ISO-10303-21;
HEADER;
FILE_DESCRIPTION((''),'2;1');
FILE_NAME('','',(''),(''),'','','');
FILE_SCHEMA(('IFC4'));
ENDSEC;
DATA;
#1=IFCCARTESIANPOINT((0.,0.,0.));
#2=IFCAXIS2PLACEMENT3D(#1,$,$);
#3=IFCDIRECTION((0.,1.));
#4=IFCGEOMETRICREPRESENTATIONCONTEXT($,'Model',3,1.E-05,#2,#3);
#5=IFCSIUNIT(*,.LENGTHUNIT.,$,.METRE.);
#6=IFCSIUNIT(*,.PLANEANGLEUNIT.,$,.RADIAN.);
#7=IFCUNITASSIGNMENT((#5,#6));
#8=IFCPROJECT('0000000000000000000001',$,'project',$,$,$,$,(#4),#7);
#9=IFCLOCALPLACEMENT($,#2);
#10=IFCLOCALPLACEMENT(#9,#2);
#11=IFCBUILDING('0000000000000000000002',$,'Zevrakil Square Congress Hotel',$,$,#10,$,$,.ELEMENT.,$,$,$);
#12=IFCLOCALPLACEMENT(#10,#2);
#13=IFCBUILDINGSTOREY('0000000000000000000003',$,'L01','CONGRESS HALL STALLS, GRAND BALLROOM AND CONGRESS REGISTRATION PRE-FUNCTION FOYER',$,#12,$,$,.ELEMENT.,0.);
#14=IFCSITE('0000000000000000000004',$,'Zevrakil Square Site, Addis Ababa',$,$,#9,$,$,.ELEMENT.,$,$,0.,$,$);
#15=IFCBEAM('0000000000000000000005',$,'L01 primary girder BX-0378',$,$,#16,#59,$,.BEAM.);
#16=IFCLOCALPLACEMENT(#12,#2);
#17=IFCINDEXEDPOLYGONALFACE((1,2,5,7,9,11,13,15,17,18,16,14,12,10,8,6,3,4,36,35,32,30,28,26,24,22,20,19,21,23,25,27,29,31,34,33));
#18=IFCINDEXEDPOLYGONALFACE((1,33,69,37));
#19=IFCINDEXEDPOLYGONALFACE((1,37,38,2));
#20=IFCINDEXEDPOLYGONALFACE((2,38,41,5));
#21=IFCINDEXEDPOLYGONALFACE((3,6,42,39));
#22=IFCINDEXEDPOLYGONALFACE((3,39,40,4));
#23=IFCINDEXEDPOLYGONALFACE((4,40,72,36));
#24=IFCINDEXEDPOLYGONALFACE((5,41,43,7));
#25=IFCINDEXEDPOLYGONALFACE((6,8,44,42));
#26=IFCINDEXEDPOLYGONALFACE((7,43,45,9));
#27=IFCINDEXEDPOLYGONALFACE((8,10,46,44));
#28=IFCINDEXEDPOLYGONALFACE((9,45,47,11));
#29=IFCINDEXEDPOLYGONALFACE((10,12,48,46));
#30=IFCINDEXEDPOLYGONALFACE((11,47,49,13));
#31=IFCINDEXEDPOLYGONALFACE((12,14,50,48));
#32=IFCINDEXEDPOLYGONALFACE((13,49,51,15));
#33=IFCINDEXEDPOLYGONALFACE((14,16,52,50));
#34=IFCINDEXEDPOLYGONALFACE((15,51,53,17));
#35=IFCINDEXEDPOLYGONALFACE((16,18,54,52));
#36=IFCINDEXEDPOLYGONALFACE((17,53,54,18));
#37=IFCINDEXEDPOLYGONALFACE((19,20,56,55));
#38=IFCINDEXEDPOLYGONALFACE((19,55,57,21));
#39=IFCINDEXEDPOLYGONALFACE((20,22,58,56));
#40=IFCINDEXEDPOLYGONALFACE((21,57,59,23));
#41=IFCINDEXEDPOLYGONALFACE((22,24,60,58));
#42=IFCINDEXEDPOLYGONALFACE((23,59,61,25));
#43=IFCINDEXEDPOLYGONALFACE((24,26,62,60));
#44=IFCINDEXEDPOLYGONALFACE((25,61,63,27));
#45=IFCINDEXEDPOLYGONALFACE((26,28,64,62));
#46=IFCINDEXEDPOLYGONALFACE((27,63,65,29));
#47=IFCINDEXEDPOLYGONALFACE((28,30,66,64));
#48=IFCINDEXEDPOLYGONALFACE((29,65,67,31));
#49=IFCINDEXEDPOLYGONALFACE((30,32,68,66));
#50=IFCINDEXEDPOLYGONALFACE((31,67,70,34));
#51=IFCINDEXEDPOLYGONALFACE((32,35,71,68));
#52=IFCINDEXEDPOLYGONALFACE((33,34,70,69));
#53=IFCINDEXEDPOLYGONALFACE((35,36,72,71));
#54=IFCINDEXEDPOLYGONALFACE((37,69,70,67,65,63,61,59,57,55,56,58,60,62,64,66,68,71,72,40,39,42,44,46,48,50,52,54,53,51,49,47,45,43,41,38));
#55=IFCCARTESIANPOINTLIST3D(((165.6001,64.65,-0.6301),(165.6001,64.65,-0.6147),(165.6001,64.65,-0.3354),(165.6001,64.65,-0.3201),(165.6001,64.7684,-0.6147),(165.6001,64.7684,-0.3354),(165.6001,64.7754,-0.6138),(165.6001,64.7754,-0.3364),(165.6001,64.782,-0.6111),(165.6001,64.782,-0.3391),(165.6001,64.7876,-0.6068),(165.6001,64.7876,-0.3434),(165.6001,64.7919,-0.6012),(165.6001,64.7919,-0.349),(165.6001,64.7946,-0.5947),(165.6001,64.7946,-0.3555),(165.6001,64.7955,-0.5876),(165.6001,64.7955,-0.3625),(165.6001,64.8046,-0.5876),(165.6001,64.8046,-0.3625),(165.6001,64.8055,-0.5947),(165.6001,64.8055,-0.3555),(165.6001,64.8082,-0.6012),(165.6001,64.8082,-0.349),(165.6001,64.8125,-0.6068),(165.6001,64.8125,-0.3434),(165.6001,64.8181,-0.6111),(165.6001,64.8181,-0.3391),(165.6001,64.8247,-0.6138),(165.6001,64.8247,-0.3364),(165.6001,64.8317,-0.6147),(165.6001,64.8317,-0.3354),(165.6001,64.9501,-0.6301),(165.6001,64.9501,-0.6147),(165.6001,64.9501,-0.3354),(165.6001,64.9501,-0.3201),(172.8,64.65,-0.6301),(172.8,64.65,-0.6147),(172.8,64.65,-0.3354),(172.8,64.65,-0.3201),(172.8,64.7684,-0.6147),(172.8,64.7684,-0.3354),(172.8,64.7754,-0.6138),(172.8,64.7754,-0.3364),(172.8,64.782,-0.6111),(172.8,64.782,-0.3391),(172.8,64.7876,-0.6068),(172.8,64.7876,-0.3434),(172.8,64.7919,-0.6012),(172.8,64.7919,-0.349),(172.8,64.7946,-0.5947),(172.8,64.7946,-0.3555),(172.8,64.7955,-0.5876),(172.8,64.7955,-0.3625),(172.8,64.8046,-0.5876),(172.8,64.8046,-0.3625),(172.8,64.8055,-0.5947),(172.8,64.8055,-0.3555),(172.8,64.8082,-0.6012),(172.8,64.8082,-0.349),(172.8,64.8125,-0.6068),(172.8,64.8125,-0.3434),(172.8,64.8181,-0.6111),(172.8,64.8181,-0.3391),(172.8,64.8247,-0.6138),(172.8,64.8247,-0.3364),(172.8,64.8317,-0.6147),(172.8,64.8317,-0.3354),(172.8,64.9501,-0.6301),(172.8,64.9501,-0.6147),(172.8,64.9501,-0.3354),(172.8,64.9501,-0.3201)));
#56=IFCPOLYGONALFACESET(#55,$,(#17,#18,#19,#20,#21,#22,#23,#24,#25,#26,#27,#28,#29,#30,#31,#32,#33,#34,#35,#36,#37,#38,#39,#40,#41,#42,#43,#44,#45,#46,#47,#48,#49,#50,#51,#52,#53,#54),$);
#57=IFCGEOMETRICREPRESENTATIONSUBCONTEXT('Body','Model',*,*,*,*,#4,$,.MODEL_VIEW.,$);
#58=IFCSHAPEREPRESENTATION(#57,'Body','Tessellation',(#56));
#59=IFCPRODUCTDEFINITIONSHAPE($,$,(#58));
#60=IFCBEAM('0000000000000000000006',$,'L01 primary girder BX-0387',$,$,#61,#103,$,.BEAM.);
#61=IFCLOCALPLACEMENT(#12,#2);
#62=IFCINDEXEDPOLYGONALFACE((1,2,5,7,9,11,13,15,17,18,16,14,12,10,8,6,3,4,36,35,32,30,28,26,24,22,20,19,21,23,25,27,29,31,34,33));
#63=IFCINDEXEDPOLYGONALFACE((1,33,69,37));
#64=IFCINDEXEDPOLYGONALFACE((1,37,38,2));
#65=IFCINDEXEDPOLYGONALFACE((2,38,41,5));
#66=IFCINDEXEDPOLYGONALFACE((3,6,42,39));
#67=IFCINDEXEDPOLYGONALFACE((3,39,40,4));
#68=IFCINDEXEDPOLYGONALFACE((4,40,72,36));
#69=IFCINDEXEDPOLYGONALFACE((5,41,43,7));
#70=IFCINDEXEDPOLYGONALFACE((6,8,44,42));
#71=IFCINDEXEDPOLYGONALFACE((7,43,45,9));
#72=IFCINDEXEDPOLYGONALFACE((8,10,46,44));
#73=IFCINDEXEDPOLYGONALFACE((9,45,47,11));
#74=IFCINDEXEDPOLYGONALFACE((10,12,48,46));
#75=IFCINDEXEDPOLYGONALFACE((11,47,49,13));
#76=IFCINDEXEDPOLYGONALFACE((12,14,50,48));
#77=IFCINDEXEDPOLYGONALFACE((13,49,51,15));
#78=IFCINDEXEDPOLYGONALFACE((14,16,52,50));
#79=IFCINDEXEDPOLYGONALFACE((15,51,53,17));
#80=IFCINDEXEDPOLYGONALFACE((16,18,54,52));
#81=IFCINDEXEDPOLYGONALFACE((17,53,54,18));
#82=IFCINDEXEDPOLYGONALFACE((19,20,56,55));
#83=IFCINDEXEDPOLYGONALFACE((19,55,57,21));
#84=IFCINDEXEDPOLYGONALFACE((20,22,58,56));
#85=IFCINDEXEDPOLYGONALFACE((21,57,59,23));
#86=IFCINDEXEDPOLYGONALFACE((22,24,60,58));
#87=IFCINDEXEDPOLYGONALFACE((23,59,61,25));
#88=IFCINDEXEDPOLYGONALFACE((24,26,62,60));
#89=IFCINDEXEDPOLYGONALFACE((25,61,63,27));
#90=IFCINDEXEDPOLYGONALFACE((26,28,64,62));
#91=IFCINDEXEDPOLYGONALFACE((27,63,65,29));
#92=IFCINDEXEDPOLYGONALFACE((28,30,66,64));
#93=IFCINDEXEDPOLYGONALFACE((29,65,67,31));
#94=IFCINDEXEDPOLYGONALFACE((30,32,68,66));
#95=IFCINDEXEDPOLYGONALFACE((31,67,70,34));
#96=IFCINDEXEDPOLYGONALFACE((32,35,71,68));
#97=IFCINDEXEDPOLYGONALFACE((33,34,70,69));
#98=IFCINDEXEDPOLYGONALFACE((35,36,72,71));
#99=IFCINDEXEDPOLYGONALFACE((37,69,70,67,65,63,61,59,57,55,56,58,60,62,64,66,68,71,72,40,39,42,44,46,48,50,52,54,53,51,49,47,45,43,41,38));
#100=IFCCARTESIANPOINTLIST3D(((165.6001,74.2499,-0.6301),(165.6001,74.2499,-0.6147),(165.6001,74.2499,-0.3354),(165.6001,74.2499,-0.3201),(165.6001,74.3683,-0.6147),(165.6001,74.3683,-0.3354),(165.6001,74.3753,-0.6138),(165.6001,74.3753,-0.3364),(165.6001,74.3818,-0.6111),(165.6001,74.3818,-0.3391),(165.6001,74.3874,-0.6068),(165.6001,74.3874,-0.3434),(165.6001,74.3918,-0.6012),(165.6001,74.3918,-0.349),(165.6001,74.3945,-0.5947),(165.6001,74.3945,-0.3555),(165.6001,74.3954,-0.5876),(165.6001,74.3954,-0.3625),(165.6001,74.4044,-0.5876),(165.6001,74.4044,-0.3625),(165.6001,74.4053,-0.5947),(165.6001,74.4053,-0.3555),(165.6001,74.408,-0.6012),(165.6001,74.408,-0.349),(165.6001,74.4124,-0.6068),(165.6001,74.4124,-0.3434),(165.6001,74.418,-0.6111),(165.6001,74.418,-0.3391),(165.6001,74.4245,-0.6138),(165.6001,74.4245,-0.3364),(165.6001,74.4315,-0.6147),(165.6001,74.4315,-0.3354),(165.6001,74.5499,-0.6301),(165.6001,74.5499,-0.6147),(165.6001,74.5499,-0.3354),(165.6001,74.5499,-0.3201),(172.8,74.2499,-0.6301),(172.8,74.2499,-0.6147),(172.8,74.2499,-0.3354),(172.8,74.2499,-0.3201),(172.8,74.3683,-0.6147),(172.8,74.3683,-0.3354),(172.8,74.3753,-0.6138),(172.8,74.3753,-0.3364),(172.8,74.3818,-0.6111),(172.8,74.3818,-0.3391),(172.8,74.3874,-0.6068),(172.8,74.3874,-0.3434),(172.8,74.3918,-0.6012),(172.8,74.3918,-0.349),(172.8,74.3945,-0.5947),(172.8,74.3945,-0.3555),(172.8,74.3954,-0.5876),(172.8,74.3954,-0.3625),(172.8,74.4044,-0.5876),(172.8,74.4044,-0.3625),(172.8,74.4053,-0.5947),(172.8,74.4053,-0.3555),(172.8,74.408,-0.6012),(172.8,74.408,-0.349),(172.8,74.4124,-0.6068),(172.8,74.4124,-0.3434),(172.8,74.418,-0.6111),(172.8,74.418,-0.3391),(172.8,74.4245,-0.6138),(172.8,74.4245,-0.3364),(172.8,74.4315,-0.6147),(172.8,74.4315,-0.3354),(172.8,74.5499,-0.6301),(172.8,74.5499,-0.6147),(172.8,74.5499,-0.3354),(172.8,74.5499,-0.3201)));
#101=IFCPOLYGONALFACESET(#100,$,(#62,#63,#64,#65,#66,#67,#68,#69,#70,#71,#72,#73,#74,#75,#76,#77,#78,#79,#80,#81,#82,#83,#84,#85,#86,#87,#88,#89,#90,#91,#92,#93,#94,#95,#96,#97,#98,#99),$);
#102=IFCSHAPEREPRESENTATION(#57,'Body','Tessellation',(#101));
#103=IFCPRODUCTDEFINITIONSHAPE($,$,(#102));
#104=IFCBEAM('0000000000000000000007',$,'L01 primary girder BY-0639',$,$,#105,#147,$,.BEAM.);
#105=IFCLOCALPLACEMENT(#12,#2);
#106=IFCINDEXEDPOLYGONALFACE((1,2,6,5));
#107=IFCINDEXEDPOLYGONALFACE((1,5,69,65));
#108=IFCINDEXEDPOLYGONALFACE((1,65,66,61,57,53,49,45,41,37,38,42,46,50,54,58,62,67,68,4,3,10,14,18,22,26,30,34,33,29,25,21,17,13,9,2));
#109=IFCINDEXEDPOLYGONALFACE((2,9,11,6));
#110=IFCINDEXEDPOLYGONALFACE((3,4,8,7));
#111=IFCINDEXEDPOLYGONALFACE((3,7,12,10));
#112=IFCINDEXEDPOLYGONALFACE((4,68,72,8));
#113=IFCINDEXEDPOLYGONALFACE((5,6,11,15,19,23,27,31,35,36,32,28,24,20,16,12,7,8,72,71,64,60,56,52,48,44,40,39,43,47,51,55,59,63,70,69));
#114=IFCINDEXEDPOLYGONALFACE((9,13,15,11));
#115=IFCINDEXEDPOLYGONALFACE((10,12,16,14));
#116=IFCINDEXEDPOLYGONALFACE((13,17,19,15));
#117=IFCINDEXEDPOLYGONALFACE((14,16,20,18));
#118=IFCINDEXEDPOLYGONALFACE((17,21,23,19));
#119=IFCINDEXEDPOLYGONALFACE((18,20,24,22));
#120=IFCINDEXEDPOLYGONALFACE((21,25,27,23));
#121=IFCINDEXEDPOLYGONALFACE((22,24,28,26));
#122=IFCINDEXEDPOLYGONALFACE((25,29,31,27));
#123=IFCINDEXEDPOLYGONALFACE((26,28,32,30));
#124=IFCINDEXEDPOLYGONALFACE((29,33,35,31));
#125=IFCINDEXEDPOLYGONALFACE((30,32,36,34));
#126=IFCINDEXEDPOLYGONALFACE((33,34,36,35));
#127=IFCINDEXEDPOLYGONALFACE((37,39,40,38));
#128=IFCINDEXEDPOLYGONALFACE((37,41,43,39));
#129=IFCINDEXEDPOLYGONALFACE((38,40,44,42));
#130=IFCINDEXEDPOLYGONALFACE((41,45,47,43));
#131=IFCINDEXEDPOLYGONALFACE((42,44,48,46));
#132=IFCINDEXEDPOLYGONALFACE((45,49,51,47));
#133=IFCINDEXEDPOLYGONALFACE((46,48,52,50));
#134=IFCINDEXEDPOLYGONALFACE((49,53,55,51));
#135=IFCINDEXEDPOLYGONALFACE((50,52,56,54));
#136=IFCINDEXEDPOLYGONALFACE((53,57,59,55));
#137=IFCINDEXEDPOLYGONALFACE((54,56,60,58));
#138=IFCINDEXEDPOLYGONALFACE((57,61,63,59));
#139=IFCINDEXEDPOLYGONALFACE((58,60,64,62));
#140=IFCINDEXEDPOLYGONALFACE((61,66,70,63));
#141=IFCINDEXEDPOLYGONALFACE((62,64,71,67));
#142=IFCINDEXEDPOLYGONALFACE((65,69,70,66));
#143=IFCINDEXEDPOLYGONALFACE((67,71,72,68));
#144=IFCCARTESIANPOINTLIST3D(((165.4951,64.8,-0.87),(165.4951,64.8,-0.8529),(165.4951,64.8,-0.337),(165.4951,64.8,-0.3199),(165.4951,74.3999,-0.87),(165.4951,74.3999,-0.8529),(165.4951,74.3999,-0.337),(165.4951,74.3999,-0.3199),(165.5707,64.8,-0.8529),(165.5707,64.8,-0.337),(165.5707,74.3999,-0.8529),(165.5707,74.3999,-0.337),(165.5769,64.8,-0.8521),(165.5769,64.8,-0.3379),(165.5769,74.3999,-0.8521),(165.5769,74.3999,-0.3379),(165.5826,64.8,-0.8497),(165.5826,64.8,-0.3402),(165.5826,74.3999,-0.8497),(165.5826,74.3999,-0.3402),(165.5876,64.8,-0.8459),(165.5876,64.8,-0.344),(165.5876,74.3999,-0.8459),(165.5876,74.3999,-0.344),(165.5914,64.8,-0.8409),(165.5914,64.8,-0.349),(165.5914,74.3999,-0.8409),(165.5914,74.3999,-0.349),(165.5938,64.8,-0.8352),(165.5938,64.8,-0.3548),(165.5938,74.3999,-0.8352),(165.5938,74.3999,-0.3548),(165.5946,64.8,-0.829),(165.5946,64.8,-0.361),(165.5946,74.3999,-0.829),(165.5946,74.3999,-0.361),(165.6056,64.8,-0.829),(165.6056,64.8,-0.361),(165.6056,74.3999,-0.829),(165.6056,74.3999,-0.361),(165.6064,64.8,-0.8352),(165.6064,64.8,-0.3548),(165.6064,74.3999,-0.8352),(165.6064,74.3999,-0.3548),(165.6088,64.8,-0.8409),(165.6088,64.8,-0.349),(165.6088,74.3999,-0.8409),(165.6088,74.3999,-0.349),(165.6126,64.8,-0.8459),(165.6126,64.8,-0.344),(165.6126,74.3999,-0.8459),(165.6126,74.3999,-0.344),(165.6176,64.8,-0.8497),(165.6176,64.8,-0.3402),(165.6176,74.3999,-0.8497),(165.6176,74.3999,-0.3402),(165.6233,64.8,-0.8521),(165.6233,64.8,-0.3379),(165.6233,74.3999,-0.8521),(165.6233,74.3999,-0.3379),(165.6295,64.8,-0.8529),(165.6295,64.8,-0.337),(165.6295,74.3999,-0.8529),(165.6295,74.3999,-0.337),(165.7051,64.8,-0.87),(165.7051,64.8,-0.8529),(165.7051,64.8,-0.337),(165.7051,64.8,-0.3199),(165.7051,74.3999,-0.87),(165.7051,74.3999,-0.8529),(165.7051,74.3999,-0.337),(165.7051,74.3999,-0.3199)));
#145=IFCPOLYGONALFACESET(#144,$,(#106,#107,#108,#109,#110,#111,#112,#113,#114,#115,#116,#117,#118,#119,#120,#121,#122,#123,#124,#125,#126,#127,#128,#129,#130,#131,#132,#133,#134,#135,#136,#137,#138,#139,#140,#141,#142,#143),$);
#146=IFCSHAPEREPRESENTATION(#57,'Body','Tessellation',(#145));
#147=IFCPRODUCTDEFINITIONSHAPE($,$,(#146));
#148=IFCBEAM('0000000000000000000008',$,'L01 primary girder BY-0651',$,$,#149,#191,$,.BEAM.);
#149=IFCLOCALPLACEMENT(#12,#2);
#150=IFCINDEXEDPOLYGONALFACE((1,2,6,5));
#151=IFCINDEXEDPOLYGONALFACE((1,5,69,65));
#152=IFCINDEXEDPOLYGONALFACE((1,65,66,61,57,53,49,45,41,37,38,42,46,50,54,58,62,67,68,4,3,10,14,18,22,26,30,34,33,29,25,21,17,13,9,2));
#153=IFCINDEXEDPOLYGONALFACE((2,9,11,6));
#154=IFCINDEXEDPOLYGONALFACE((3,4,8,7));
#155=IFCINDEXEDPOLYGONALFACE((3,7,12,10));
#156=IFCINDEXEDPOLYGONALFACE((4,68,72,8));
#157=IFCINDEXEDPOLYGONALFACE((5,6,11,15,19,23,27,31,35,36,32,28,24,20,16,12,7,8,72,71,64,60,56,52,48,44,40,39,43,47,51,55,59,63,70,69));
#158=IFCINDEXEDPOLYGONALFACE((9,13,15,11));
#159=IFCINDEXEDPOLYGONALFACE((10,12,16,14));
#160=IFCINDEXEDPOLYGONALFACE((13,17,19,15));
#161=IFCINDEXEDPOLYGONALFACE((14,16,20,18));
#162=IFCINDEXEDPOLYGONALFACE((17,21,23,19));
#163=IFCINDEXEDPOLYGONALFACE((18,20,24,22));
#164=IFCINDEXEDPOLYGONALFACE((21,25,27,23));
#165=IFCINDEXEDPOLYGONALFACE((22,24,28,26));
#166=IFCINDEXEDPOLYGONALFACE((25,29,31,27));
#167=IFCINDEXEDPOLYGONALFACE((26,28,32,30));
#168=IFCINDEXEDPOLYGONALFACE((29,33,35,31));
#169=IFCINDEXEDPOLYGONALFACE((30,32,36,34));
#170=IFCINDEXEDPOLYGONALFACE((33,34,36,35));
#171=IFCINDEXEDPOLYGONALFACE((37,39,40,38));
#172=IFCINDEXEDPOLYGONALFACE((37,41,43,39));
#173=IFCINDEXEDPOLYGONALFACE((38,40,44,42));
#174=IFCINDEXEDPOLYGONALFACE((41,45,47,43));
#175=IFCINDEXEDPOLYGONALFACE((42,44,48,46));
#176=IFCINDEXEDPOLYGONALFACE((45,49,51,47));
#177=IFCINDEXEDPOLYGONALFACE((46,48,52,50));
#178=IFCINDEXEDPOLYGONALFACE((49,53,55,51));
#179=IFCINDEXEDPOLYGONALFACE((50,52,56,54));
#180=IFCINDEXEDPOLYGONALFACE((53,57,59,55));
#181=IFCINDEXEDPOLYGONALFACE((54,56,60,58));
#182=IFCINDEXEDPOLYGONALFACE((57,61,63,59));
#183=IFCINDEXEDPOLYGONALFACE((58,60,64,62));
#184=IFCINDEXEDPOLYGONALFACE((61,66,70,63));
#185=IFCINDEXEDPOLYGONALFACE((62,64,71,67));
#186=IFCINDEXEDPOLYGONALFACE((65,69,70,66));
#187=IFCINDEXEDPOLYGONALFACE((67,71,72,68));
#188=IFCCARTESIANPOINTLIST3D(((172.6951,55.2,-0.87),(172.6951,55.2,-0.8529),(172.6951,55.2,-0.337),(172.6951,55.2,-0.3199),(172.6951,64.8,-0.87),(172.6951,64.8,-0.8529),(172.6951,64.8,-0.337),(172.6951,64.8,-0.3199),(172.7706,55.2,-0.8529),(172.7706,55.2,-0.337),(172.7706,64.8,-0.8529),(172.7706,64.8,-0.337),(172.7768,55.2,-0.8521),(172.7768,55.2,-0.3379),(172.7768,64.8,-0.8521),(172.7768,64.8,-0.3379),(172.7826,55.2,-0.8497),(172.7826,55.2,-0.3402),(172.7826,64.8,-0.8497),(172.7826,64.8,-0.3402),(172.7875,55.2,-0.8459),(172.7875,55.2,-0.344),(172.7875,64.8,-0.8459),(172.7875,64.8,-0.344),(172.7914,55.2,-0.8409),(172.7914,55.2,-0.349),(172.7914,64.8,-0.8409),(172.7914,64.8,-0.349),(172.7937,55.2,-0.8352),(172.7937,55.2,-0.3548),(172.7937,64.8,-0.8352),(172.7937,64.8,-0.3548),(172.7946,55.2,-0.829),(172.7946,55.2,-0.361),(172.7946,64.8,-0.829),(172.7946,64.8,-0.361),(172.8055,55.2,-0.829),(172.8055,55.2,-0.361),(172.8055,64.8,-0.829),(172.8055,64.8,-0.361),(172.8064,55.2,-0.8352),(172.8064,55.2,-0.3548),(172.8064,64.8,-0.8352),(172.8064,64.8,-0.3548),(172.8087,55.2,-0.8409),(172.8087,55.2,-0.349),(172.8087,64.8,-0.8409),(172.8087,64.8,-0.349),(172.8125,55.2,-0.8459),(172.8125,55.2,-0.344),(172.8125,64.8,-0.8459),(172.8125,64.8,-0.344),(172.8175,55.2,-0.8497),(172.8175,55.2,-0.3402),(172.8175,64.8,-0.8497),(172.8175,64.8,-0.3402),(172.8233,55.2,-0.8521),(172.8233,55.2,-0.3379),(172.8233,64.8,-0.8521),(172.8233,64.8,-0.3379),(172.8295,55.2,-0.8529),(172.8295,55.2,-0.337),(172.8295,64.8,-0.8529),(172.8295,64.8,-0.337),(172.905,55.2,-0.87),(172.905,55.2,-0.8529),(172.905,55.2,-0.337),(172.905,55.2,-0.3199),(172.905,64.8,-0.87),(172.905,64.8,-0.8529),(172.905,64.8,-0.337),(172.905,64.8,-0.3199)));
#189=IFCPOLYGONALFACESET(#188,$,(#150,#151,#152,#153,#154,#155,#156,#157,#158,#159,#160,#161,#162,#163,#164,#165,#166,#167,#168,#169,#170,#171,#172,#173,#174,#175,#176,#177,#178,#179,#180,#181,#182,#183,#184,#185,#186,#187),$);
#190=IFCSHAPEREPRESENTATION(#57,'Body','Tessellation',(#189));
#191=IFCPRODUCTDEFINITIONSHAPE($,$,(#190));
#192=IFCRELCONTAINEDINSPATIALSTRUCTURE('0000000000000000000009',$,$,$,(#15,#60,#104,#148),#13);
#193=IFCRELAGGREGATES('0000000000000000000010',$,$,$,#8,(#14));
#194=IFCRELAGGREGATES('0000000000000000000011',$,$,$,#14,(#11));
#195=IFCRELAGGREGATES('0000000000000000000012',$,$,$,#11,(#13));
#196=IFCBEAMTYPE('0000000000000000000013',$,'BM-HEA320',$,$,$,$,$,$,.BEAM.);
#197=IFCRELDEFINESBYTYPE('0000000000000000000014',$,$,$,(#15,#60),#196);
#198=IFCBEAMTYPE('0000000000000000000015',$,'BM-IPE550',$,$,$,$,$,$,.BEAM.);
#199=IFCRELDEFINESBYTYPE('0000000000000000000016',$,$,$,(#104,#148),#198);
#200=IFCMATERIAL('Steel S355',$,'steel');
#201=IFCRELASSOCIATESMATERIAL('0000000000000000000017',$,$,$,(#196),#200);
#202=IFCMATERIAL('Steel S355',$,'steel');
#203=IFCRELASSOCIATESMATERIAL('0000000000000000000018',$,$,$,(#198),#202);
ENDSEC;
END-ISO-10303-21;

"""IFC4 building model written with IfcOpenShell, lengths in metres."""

from ifc_helpers import new_model, si_unit, direction, frame, origin, origin_2d, place, context, subcontext, project, spatial, i_section, extrude, material, material_profile, profile_set, type_object, element, save


model = new_model("IFC4")

# Units and contexts
model_context = context("Model", 3, precision=1e-05, world=origin(), true_north=direction((0.0, 1.0)))
body_context = subcontext(model_context, "Body", "Model", "MODEL_VIEW")
ifc_project = project(units=[si_unit("LENGTHUNIT", "METRE"), si_unit("PLANEANGLEUNIT", "RADIAN")], contexts=[model_context])

# Site, building, storey
site_placement = place(None, origin())
site = spatial("IfcSite", under=ifc_project, at=site_placement, Name="Zevrakil Square Site, Addis Ababa", CompositionType="ELEMENT", RefElevation=0.0)
building_placement = place(site_placement, origin())
building = spatial("IfcBuilding", under=site, at=building_placement, Name="Zevrakil Square Congress Hotel", CompositionType="ELEMENT")
storey_placement = place(building_placement, origin())
storey = spatial("IfcBuildingStorey", under=building, at=storey_placement, Name="L01", Description="CONGRESS HALL STALLS, GRAND BALLROOM AND CONGRESS REGISTRATION PRE-FUNCTION FOYER", CompositionType="ELEMENT", Elevation=0.0)

# Beams
ifc_material_1 = material(Name="Steel S355", Category="steel")
ifc_material_profile_1 = material_profile(ifc_material_1, i_section(OverallWidth=0.3, OverallDepth=0.3101, WebThickness=0.009, FlangeThickness=0.0154, FilletRadius=0.0271, at=origin_2d()), Name="HEA 320")
ifc_profile_set_1 = profile_set([ifc_material_profile_1], Name="Steel S355")
beam_type_1 = type_object("IfcBeamType", Name="BM-HEA320", PredefinedType="BEAM", material=ifc_profile_set_1)
for number, where, z_axis, x_axis, name in (
    (1, (165.6001, 64.8, -0.4751), (1.0, 0.0, 0.0), (0.0, 1.0, 0.0), "L01 primary girder BX-0378"),
    (2, (165.6001, 74.3999, -0.4751), (1.0, 0.0, 0.0), (0.0, 1.0, 0.0), "L01 primary girder BX-0387"),
):
    element("IfcBeam", number, at=place(storey_placement, frame(where, z_axis=z_axis, x_axis=x_axis)), inside=storey, type_object=beam_type_1, Name=name, PredefinedType="BEAM", context=body_context, shape_type="SweptSolid", body=[
        extrude(i_section(OverallWidth=0.3, OverallDepth=0.3101, WebThickness=0.009, FlangeThickness=0.0154, FilletRadius=0.0271, at=origin_2d()), origin(), (0.0, 0.0, 1.0), 7.2),
    ])
ifc_material_2 = material(Name="Steel S355", Category="steel")
ifc_material_profile_2 = material_profile(ifc_material_2, i_section(OverallWidth=0.21, OverallDepth=0.55, WebThickness=0.011, FlangeThickness=0.0171, FilletRadius=0.0239, at=origin_2d()), Name="IPE 550")
ifc_profile_set_2 = profile_set([ifc_material_profile_2], Name="Steel S355")
beam_type_2 = type_object("IfcBeamType", Name="BM-IPE550", PredefinedType="BEAM", material=ifc_profile_set_2)
beam_1_placement = place(storey_placement, frame((165.6001, 64.8, -0.595), z_axis=(0.0, 1.0, 0.0), x_axis=(-1.0, 0.0, 0.0)))
element("IfcBeam", 3, at=beam_1_placement, inside=storey, type_object=beam_type_2, Name="L01 primary girder BY-0639", PredefinedType="BEAM", context=body_context, shape_type="SweptSolid", body=[
    extrude(i_section(OverallWidth=0.21, OverallDepth=0.55, WebThickness=0.011, FlangeThickness=0.0171, FilletRadius=0.0239, at=origin_2d()), origin(), (0.0, 0.0, 1.0), 9.5999),
])
beam_2_placement = place(storey_placement, frame((172.8, 55.2, -0.595), z_axis=(0.0, 1.0, 0.0), x_axis=(-1.0, 0.0, 0.0)))
element("IfcBeam", 4, at=beam_2_placement, inside=storey, type_object=beam_type_2, Name="L01 primary girder BY-0651", PredefinedType="BEAM", context=body_context, shape_type="SweptSolid", body=[
    extrude(i_section(OverallWidth=0.21, OverallDepth=0.55, WebThickness=0.011, FlangeThickness=0.0171, FilletRadius=0.0239, at=origin_2d()), origin(), (0.0, 0.0, 1.0), 9.6001),
])

save(model, "model.ifc")
